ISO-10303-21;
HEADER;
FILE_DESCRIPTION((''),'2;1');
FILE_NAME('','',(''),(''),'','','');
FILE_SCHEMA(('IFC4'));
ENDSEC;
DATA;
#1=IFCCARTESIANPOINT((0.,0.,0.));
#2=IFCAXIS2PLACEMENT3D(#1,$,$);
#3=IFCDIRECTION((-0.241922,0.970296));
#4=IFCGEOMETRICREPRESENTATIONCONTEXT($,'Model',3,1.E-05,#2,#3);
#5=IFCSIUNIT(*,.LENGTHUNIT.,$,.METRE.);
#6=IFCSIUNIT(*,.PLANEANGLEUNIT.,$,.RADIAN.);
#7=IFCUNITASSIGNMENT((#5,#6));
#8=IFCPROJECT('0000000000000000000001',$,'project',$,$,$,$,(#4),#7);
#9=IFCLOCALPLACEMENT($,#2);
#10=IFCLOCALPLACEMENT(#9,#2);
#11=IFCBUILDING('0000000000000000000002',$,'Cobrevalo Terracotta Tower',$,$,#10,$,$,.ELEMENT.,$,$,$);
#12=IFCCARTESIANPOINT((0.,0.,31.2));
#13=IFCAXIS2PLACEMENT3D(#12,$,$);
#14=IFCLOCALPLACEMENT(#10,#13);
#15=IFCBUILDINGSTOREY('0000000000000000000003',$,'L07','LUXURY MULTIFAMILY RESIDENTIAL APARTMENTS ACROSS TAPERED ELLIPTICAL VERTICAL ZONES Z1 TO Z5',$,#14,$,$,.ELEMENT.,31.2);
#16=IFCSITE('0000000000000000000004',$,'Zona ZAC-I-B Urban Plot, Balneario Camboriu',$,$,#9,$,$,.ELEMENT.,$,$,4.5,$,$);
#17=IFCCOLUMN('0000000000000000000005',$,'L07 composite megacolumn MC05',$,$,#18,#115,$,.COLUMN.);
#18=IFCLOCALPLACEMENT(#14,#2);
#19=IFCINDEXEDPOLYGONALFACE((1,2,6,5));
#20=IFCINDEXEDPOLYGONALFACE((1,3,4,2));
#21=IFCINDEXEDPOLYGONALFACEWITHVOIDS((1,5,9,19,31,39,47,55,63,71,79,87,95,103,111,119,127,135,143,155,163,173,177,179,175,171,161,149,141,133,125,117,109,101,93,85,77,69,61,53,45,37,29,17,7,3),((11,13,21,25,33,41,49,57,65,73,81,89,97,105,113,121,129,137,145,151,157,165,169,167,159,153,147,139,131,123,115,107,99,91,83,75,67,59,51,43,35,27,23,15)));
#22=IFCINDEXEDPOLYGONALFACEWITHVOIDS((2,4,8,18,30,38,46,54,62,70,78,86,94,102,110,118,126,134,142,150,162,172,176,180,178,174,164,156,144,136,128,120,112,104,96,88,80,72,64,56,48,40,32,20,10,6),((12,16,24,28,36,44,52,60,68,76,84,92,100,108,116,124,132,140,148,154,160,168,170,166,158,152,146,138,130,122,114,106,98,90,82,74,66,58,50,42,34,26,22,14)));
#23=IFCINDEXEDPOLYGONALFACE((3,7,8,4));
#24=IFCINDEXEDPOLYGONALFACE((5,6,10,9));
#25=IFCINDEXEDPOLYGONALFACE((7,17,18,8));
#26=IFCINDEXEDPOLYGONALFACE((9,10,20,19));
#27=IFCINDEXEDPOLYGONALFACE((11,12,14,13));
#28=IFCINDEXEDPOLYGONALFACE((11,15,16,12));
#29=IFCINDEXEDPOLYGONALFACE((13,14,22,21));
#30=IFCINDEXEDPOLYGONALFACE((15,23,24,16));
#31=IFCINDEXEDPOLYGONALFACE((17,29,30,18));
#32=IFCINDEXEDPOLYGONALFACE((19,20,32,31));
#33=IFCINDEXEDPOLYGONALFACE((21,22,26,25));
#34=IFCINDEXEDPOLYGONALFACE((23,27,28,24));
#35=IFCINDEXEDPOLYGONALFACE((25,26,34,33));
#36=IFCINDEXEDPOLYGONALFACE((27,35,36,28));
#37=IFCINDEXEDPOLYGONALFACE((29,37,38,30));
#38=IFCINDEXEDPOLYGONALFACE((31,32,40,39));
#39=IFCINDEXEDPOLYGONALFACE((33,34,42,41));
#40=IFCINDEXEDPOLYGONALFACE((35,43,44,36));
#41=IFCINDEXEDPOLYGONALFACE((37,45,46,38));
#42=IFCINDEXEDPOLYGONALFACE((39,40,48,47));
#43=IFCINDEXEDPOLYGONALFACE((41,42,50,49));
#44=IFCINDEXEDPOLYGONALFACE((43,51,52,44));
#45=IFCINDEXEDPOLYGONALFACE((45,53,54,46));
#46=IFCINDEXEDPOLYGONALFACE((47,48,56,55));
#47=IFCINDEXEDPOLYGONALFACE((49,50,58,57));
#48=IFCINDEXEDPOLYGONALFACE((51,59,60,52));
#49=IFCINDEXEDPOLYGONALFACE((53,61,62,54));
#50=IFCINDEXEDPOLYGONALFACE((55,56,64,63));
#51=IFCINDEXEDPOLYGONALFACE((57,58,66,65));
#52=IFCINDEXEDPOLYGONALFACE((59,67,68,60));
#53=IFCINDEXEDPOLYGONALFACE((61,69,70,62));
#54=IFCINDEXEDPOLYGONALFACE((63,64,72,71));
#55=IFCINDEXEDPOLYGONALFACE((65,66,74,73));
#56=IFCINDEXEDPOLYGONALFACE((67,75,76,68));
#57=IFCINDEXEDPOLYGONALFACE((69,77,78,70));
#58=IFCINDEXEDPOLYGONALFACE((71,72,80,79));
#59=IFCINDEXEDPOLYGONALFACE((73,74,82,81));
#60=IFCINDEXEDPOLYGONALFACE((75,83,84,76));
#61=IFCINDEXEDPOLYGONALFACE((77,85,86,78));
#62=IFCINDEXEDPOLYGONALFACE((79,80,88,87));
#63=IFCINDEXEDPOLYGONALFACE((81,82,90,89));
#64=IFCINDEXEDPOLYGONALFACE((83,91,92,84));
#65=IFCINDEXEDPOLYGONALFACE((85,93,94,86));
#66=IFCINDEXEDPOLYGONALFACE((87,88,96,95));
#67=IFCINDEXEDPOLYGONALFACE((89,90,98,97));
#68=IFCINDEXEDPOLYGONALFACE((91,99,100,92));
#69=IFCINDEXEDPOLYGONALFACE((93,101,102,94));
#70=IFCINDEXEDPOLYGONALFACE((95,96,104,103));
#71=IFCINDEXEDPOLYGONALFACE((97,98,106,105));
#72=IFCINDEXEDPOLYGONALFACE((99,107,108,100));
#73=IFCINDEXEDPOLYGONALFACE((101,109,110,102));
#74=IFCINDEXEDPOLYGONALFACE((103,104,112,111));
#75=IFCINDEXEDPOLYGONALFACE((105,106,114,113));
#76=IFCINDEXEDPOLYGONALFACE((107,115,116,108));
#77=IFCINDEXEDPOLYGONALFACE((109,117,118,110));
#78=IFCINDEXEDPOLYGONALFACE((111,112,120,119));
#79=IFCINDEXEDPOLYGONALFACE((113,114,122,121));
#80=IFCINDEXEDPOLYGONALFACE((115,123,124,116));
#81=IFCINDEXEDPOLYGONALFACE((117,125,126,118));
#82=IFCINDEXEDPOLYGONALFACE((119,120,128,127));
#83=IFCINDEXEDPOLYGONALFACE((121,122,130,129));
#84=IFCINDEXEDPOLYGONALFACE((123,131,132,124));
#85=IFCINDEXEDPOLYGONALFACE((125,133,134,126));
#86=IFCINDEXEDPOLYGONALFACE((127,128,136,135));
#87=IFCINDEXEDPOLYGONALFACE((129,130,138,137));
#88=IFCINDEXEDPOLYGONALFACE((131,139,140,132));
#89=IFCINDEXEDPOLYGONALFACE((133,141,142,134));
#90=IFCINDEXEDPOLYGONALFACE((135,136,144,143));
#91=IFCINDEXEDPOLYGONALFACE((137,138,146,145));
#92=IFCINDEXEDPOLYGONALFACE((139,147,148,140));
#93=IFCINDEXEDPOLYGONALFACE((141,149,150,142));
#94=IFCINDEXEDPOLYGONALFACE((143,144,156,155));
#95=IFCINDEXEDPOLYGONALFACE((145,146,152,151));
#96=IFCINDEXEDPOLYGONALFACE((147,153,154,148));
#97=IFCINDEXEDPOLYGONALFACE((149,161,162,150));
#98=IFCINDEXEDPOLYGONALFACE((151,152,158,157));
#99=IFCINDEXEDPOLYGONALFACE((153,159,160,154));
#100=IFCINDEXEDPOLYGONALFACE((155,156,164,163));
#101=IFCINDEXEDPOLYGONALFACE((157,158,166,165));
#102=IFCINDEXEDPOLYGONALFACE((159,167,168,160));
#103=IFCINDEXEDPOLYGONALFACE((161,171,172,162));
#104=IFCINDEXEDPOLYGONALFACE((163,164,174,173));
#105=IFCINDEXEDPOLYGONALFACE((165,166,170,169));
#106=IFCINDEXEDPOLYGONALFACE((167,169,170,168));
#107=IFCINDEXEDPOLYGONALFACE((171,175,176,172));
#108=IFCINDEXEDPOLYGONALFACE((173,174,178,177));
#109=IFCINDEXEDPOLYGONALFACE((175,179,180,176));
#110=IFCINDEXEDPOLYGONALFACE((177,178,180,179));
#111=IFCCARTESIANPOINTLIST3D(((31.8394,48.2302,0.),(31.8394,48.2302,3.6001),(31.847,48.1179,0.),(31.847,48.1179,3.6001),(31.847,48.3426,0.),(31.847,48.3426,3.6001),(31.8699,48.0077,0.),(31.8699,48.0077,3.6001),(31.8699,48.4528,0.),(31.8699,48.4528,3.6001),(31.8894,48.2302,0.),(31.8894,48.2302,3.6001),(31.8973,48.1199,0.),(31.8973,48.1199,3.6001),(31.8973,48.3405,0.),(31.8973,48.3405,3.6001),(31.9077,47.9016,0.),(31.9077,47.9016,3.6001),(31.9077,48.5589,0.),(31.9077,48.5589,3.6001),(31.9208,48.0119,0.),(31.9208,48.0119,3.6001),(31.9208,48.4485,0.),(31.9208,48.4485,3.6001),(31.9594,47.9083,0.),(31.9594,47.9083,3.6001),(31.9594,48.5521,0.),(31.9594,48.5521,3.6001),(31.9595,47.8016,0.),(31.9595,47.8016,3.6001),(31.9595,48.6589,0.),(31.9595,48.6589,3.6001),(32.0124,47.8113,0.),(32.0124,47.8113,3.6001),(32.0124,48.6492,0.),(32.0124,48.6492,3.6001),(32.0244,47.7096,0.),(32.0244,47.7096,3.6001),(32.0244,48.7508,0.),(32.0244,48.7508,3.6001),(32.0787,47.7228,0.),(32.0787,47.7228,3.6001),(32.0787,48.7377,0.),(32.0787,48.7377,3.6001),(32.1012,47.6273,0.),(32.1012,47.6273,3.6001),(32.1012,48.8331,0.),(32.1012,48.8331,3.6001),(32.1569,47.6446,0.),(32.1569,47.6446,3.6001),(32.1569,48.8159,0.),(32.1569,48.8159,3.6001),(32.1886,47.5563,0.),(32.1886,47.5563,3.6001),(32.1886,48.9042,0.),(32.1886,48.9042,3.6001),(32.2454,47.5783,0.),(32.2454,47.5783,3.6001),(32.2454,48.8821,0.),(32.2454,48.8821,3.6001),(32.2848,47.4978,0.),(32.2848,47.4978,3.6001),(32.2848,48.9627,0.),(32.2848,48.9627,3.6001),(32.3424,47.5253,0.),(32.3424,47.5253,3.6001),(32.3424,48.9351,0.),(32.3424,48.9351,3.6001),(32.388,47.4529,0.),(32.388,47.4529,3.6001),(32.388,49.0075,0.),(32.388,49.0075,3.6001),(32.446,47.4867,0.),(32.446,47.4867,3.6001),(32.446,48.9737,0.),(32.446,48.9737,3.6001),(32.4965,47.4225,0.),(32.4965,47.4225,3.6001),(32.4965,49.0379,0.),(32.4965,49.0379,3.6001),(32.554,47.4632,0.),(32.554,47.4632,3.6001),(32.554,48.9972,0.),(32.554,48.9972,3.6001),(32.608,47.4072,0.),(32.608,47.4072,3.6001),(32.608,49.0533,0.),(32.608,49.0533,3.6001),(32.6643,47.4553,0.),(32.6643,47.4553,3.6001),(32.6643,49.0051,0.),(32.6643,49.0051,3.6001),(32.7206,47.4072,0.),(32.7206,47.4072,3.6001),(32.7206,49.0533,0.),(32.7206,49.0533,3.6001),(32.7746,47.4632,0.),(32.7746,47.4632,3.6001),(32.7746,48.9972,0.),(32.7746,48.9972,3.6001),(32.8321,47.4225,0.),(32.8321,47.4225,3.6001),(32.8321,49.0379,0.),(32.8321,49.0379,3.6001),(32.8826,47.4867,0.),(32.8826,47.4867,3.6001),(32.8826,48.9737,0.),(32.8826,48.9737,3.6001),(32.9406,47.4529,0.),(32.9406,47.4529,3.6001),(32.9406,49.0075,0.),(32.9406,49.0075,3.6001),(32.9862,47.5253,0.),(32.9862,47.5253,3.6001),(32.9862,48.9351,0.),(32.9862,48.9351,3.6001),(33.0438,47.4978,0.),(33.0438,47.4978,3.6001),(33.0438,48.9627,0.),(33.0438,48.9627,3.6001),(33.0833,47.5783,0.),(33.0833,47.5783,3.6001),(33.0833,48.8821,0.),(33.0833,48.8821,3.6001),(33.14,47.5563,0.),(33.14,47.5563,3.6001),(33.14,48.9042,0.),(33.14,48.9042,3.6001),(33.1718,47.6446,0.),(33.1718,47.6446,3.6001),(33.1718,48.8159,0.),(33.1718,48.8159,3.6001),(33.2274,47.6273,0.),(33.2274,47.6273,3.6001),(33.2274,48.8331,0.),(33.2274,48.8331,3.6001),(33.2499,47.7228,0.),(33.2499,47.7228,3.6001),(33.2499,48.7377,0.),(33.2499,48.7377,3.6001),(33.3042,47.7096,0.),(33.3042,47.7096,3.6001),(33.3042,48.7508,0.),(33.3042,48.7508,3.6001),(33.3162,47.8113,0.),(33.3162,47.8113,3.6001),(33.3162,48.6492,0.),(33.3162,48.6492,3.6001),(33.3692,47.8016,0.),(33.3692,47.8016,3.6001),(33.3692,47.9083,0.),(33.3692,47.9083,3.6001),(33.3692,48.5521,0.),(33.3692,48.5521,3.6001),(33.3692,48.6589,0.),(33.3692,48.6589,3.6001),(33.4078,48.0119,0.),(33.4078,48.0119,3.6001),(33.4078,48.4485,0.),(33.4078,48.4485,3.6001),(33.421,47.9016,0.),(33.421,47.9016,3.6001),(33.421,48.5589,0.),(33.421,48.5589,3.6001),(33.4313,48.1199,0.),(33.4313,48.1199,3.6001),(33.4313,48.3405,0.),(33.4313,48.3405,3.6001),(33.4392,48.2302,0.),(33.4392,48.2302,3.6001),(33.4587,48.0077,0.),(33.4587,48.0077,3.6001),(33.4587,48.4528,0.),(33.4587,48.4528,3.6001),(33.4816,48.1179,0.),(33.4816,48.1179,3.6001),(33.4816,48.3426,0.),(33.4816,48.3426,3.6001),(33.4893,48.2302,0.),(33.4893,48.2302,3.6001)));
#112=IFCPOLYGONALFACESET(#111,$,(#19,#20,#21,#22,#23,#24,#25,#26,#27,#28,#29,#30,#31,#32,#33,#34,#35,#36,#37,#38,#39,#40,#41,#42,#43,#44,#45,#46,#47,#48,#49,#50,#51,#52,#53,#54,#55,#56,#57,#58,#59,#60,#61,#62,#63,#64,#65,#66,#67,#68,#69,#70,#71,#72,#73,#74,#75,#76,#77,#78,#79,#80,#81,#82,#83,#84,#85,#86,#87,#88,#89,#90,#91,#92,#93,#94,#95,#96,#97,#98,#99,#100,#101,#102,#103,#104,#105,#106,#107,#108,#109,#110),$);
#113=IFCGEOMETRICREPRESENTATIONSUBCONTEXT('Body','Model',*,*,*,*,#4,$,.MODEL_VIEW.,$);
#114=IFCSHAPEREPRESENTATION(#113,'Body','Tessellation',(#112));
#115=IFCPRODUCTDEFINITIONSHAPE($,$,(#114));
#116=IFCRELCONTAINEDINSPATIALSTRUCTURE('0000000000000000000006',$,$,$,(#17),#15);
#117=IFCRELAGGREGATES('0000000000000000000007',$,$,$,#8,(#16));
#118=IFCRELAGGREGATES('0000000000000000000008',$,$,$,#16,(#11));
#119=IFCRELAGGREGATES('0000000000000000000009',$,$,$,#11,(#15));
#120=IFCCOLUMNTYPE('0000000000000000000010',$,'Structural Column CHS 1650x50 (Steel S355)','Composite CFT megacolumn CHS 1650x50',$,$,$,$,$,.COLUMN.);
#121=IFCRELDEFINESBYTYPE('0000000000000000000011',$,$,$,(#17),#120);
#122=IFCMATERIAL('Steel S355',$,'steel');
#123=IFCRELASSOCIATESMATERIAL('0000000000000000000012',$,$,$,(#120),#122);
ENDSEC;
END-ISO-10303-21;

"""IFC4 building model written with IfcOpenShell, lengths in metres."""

from ifc_helpers import new_model, si_unit, direction, frame, origin, origin_2d, place, context, subcontext, project, spatial, hollow_circle, extrude, material, material_profile, profile_set, type_object, element, save


model = new_model("IFC4")

# Units and contexts
model_context = context("Model", 3, precision=1e-05, world=origin(), true_north=direction((-0.241922, 0.970296)))
body_context = subcontext(model_context, "Body", "Model", "MODEL_VIEW")
ifc_project = project(units=[si_unit("LENGTHUNIT", "METRE"), si_unit("PLANEANGLEUNIT", "RADIAN")], contexts=[model_context])

# Site, building, storey
site_placement = place(None, origin())
site = spatial("IfcSite", under=ifc_project, at=site_placement, Name="Zona ZAC-I-B Urban Plot, Balneario Camboriu", CompositionType="ELEMENT", RefElevation=4.5)
building_placement = place(site_placement, origin())
building = spatial("IfcBuilding", under=site, at=building_placement, Name="Cobrevalo Terracotta Tower", CompositionType="ELEMENT")
storey_placement = place(building_placement, frame((0.0, 0.0, 31.2)))
storey = spatial("IfcBuildingStorey", under=building, at=storey_placement, Name="L07", Description="LUXURY MULTIFAMILY RESIDENTIAL APARTMENTS ACROSS TAPERED ELLIPTICAL VERTICAL ZONES Z1 TO Z5", CompositionType="ELEMENT", Elevation=31.2)

# Column
ifc_material_1 = material(Name="Steel S355", Category="steel")
ifc_material_profile_1 = material_profile(ifc_material_1, hollow_circle(Radius=0.825, WallThickness=0.05, at=origin_2d()), Name="CHS 1650x50")
ifc_profile_set_1 = profile_set([ifc_material_profile_1], Name="Steel S355")
column_type_1 = type_object("IfcColumnType", Name="Structural Column CHS 1650x50 (Steel S355)", Description="Composite CFT megacolumn CHS 1650x50", PredefinedType="COLUMN", material=ifc_profile_set_1)
for number, where, z_axis, x_axis, name in (
    (1, (32.6643, 48.2302, 0.0), (0.0, 0.0, 1.0), (1.0, 0.0, 0.0), "L07 composite megacolumn MC05"),
):
    element("IfcColumn", number, at=place(storey_placement, frame(where, z_axis=z_axis, x_axis=x_axis)), inside=storey, type_object=column_type_1, Name=name, PredefinedType="COLUMN", context=body_context, shape_type="SweptSolid", body=[
        extrude(hollow_circle(Radius=0.825, WallThickness=0.05, at=origin_2d()), origin(), (0.0, 0.0, 1.0), 3.6001),
    ])

save(model, "model.ifc")
